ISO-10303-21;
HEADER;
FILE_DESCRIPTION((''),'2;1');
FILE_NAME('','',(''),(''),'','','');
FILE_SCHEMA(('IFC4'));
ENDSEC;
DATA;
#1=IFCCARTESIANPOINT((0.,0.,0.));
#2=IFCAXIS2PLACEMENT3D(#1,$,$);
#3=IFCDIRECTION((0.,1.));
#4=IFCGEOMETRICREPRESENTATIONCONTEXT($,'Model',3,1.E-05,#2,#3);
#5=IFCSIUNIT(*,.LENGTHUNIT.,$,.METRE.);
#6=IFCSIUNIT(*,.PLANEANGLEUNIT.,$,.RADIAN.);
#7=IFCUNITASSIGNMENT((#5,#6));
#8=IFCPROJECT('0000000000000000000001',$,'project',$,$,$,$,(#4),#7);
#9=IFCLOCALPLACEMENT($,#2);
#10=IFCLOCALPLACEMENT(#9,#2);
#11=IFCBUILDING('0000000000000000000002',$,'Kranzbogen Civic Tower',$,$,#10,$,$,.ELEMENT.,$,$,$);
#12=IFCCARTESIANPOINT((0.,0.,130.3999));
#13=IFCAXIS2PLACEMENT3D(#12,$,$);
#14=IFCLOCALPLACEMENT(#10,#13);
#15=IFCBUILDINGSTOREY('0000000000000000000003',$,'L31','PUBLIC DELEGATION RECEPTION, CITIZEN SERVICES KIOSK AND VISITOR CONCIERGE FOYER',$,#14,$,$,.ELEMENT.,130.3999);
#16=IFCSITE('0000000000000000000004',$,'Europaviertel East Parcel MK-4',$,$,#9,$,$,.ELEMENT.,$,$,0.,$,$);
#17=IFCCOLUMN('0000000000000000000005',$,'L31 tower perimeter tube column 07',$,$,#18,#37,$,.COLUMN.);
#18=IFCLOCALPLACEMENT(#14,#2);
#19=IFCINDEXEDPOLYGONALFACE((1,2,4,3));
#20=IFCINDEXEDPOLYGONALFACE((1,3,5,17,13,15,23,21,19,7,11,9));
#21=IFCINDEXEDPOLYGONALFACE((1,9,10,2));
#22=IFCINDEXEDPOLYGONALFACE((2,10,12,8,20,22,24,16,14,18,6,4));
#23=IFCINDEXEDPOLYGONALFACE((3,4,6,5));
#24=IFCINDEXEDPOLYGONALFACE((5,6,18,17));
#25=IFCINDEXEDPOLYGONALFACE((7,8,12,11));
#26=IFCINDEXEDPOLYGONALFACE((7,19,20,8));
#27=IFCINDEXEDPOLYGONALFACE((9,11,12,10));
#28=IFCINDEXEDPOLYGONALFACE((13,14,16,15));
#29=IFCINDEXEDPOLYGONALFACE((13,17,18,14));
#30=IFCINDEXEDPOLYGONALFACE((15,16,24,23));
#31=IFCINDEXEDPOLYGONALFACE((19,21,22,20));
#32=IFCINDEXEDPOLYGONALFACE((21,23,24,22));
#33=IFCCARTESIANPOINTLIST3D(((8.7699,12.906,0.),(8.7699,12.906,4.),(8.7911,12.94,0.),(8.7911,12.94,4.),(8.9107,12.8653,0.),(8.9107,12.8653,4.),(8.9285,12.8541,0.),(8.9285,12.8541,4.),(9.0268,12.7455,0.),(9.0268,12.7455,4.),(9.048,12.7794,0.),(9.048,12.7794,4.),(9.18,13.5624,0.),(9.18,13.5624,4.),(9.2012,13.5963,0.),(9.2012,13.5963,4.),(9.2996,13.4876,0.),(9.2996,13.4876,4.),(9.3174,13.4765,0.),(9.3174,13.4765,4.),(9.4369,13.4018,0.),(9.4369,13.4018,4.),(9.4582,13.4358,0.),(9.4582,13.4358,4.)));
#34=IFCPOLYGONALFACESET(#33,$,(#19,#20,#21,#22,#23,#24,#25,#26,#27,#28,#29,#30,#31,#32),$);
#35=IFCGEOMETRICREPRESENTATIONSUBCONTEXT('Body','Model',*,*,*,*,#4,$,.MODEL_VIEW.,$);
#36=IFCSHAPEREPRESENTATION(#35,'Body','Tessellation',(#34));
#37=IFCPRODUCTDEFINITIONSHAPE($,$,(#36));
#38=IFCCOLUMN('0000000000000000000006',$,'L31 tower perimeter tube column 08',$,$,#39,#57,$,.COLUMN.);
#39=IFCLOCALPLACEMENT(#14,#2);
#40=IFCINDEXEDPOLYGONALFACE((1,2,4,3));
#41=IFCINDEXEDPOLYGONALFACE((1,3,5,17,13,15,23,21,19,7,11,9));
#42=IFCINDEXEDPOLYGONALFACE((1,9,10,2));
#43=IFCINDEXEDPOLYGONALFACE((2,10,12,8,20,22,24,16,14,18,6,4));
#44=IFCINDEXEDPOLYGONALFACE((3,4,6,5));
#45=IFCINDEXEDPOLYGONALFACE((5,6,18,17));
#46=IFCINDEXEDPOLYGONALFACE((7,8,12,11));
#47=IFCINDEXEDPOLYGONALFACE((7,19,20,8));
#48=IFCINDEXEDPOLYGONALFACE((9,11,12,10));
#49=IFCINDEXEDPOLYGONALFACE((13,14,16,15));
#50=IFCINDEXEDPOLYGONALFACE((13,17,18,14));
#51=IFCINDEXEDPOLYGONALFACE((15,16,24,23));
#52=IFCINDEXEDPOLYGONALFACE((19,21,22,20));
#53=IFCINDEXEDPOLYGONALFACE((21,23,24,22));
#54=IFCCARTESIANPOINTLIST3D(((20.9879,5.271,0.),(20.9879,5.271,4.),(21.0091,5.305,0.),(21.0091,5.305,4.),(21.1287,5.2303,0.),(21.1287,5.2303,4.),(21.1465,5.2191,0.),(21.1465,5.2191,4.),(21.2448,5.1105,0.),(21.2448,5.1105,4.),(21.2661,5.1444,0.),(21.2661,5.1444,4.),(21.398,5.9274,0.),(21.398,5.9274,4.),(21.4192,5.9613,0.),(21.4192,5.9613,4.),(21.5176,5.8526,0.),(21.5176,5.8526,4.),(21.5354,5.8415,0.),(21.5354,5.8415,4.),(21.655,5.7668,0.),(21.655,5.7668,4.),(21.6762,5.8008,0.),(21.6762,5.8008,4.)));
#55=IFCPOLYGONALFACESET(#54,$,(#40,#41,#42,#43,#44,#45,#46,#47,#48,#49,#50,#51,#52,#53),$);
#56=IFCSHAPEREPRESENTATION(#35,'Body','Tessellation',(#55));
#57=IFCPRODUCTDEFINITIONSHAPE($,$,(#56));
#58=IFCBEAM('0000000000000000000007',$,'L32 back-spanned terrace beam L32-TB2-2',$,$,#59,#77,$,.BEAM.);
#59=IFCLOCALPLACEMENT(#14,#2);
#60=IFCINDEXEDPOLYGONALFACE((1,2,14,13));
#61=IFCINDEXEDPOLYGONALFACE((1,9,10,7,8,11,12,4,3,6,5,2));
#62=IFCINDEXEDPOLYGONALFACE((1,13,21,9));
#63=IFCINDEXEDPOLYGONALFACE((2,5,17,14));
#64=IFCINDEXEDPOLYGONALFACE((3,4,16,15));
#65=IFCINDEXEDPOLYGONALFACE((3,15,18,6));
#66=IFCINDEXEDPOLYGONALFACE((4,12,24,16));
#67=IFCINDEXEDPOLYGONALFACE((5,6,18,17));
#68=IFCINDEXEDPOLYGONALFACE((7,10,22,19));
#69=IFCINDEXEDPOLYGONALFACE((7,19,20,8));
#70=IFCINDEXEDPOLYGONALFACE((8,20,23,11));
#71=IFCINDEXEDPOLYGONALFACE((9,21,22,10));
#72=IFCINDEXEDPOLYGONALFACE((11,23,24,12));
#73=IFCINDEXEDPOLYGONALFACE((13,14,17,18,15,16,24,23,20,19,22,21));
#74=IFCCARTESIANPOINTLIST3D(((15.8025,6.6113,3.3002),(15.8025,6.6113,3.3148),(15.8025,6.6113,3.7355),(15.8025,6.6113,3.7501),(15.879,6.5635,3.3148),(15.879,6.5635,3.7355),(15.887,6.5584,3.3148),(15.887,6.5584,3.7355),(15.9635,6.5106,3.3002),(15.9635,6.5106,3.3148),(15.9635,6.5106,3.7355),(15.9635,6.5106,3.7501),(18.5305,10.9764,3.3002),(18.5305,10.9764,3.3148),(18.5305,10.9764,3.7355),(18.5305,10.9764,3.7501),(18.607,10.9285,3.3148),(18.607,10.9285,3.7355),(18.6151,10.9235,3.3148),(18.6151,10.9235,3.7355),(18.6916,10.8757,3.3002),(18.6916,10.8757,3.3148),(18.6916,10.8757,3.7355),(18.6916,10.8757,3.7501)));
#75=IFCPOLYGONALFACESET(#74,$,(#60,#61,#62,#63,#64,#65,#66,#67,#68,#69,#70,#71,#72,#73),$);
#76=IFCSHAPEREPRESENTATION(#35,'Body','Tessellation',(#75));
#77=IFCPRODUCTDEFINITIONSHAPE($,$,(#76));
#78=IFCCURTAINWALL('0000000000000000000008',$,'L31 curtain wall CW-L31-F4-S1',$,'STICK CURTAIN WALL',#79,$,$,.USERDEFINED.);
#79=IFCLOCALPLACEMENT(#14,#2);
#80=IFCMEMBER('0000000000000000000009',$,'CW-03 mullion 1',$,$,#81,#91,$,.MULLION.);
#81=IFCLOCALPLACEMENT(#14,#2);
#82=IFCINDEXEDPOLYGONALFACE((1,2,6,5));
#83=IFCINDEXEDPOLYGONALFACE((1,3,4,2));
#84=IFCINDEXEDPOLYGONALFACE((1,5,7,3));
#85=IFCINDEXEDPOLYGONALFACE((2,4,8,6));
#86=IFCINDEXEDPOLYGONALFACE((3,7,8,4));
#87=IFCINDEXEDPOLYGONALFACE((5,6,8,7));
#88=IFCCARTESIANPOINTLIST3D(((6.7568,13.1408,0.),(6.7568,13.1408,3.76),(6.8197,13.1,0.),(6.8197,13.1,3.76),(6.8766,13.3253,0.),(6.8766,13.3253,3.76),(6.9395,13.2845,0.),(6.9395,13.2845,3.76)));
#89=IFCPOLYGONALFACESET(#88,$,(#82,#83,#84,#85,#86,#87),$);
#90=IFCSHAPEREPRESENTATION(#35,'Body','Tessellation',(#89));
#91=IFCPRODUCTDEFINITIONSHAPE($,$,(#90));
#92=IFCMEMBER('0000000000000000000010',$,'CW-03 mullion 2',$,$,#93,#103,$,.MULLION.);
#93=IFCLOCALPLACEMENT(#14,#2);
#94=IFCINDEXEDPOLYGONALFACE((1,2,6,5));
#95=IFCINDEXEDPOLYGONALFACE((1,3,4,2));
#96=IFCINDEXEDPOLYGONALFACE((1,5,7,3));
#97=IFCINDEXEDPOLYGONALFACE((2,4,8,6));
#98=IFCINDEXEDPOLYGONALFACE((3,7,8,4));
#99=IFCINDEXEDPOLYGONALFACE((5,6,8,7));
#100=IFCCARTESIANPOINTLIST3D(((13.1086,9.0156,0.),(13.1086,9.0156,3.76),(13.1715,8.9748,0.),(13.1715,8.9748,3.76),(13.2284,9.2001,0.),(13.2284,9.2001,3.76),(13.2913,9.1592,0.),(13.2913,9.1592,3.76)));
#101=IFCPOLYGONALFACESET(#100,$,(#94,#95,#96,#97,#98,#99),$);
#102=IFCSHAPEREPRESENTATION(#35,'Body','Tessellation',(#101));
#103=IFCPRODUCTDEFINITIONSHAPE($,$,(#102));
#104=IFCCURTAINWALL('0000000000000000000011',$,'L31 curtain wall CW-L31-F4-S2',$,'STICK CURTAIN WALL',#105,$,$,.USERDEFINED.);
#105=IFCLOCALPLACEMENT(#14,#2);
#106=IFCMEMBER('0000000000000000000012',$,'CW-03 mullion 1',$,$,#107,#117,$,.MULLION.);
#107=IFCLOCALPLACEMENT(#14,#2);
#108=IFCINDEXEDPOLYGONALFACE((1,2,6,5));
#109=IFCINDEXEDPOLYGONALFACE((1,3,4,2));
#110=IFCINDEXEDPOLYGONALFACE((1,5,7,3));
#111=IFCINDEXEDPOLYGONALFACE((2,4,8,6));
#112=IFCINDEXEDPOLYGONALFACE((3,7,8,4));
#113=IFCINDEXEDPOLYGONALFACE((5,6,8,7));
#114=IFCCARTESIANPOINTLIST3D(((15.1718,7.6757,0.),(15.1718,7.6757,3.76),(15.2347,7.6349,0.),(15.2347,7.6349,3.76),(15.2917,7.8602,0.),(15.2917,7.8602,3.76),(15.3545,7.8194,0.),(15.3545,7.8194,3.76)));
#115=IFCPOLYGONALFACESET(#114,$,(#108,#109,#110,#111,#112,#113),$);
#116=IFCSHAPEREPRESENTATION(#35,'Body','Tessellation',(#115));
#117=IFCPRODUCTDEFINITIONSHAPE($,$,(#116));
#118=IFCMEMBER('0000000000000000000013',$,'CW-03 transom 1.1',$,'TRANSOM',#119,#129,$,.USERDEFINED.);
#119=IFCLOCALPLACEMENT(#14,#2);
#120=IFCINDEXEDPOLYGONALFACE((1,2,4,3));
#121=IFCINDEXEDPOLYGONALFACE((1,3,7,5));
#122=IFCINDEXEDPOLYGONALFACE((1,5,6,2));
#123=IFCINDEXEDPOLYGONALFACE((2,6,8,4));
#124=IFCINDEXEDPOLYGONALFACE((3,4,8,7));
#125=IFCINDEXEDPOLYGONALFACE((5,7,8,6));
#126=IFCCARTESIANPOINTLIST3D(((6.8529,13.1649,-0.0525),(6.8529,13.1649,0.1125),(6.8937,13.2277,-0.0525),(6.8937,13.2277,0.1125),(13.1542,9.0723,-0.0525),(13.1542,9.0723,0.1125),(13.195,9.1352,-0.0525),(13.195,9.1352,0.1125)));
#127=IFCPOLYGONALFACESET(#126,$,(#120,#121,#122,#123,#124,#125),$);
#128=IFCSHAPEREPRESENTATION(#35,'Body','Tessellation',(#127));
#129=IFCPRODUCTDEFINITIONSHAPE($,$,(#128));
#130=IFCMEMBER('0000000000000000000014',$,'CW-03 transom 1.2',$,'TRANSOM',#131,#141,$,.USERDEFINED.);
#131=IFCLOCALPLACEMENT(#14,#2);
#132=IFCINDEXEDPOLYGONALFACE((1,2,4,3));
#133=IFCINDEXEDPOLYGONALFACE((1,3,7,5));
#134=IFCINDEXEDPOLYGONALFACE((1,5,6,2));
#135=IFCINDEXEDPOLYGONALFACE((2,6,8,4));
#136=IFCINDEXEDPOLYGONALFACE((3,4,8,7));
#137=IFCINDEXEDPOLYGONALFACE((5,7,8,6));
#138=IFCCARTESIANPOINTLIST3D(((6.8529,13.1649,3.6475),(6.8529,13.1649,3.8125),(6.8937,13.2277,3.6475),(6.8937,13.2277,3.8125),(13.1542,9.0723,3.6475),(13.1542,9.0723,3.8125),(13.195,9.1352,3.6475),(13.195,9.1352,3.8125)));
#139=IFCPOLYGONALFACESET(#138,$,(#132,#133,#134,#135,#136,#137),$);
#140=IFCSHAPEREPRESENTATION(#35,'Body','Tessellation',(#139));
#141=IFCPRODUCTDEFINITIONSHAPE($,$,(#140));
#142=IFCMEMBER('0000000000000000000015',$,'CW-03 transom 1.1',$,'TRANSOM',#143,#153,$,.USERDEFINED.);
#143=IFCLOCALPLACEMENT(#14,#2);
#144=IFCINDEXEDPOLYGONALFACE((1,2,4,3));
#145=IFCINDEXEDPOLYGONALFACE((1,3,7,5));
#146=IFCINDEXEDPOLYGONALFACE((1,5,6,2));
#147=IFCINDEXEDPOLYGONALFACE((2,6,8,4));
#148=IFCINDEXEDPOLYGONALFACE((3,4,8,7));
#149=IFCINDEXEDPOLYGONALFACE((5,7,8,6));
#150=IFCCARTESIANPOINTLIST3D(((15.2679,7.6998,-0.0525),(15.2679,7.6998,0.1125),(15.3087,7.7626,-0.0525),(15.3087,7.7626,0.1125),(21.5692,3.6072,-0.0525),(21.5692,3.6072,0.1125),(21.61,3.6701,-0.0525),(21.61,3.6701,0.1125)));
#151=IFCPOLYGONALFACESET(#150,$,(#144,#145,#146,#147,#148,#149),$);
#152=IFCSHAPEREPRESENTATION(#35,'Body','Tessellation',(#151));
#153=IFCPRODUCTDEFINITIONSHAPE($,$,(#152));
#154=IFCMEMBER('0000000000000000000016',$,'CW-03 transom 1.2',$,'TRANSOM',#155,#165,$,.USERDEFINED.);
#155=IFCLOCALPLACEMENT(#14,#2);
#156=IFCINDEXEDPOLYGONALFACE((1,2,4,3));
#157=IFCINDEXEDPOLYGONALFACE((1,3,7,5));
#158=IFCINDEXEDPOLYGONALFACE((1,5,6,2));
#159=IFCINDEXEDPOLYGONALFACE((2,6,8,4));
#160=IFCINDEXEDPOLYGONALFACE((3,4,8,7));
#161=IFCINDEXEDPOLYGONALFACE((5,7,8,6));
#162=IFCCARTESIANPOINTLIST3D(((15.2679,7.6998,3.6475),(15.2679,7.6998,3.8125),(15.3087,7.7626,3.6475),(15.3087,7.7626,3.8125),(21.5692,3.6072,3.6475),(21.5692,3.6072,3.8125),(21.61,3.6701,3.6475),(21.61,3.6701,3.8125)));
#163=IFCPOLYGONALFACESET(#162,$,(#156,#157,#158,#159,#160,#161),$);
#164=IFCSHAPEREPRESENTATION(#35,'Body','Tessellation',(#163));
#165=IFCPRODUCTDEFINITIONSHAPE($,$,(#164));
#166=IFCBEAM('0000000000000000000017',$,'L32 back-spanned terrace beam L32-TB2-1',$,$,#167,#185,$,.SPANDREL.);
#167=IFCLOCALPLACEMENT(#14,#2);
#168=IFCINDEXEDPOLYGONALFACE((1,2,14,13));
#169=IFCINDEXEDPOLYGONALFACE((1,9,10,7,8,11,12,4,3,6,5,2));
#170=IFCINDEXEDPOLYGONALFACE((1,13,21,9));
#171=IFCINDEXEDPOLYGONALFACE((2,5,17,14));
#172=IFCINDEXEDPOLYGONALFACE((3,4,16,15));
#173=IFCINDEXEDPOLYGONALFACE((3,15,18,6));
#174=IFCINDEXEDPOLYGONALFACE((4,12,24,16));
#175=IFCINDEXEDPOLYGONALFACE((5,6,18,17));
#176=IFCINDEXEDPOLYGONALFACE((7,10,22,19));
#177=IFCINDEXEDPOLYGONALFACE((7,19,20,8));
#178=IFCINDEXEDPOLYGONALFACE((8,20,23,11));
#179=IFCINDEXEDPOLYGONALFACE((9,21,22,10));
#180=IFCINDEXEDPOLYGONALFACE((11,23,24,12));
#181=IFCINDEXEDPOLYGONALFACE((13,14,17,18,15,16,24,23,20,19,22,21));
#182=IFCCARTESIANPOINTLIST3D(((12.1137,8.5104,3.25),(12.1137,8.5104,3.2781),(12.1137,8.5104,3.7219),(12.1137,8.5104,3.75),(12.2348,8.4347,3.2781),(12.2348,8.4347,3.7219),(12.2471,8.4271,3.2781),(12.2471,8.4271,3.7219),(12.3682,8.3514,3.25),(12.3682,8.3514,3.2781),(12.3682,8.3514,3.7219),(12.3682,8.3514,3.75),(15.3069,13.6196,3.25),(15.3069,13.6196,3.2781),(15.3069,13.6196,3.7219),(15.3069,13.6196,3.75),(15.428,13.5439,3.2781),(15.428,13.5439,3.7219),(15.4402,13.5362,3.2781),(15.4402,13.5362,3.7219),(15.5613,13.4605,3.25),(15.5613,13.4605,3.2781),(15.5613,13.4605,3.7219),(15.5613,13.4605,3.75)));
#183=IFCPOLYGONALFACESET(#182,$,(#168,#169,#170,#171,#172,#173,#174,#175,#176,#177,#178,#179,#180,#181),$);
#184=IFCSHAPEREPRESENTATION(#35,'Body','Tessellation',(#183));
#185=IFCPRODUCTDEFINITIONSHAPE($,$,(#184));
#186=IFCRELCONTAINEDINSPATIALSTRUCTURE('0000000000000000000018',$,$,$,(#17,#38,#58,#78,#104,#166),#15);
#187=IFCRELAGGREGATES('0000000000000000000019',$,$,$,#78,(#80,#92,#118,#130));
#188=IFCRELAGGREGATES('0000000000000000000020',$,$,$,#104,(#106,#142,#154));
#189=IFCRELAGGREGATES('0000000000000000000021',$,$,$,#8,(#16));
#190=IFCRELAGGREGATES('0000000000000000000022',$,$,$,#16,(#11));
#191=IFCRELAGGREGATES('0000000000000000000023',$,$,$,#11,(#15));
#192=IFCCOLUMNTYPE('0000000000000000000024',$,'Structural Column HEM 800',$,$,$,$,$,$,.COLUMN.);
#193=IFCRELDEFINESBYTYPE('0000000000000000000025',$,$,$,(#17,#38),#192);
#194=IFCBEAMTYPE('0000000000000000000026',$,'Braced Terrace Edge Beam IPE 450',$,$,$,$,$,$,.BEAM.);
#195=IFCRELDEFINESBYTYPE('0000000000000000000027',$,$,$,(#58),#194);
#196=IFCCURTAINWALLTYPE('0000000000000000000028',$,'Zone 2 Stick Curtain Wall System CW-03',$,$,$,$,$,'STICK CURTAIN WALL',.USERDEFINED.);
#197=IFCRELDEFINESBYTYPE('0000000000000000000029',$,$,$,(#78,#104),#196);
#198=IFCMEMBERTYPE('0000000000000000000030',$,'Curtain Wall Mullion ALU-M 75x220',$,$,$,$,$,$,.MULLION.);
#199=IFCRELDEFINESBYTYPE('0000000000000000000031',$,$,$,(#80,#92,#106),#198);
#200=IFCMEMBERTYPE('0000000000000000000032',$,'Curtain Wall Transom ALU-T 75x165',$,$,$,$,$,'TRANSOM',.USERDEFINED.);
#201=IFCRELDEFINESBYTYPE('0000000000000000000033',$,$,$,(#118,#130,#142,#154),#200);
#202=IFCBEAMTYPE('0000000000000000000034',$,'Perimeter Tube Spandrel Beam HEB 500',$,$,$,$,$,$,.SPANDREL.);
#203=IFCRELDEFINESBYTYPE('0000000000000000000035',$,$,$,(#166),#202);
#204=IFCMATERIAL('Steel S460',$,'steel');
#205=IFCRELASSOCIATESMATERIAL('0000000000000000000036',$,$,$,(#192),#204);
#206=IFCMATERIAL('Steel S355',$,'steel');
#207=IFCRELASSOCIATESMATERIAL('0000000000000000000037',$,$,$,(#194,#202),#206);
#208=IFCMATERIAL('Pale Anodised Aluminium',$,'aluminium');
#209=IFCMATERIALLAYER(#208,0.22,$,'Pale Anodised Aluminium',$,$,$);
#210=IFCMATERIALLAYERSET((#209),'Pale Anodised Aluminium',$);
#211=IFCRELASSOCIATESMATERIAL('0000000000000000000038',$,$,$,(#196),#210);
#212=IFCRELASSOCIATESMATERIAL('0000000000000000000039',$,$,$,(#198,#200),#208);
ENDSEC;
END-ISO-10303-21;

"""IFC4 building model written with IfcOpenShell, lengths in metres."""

from ifc_helpers import new_model, si_unit, direction, frame, origin, origin_2d, place, context, subcontext, project, spatial, rectangle, i_section, extrude, material, layer, layer_set, material_profile, profile_set, type_object, element, aggregate, save


model = new_model("IFC4")

# Units and contexts
model_context = context("Model", 3, precision=1e-05, world=origin(), true_north=direction((0.0, 1.0)))
body_context = subcontext(model_context, "Body", "Model", "MODEL_VIEW")
ifc_project = project(units=[si_unit("LENGTHUNIT", "METRE"), si_unit("PLANEANGLEUNIT", "RADIAN")], contexts=[model_context])

# Site, building, storey
site_placement = place(None, origin())
site = spatial("IfcSite", under=ifc_project, at=site_placement, Name="Europaviertel East Parcel MK-4", CompositionType="ELEMENT", RefElevation=0.0)
building_placement = place(site_placement, origin())
building = spatial("IfcBuilding", under=site, at=building_placement, Name="Kranzbogen Civic Tower", CompositionType="ELEMENT")
storey_placement = place(building_placement, frame((0.0, 0.0, 130.3999)))
storey = spatial("IfcBuildingStorey", under=building, at=storey_placement, Name="L31", Description="PUBLIC DELEGATION RECEPTION, CITIZEN SERVICES KIOSK AND VISITOR CONCIERGE FOYER", CompositionType="ELEMENT", Elevation=130.3999)

# Columns
ifc_material_1 = material(Name="Steel S460", Category="steel")
ifc_material_profile_1 = material_profile(ifc_material_1, i_section(OverallWidth=0.303, OverallDepth=0.814, WebThickness=0.021, FlangeThickness=0.04, at=origin_2d()), Name="HEM 800")
ifc_profile_set_1 = profile_set([ifc_material_profile_1], Name="Steel S460")
column_type = type_object("IfcColumnType", Name="Structural Column HEM 800", PredefinedType="COLUMN", material=ifc_profile_set_1)
for number, where, z_axis, x_axis, name in (
    (1, (9.114, 13.1709, 0.0), (0.0, 0.0, 1.0), (-0.848048, 0.529919, 0.0), "L31 tower perimeter tube column 07"),
    (2, (21.332, 5.5359, 0.0), (0.0, 0.0, 1.0), (-0.848048, 0.529919, 0.0), "L31 tower perimeter tube column 08"),
):
    element("IfcColumn", number, at=place(storey_placement, frame(where, z_axis=z_axis, x_axis=x_axis)), inside=storey, type_object=column_type, Name=name, PredefinedType="COLUMN", context=body_context, shape_type="SweptSolid", body=[
        extrude(i_section(OverallWidth=0.303, OverallDepth=0.814, WebThickness=0.021, FlangeThickness=0.04, at=origin_2d()), origin(), (0.0, 0.0, 1.0), 4.0),
    ])

# Beam
ifc_material_2 = material(Name="Steel S355", Category="steel")
ifc_material_profile_2 = material_profile(ifc_material_2, i_section(OverallWidth=0.1899, OverallDepth=0.45, WebThickness=0.0095, FlangeThickness=0.0146, at=origin_2d()), Name="IPE 450")
ifc_profile_set_2 = profile_set([ifc_material_profile_2], Name="Steel S355")
beam_type_1 = type_object("IfcBeamType", Name="Braced Terrace Edge Beam IPE 450", PredefinedType="BEAM", material=ifc_profile_set_2)
beam_1_placement = place(storey_placement, frame((18.6111, 10.926, 3.5251), z_axis=(-0.529986, -0.848006, 0.0), x_axis=(0.848006, -0.529986, 0.0)))
element("IfcBeam", 3, at=beam_1_placement, inside=storey, type_object=beam_type_1, Name="L32 back-spanned terrace beam L32-TB2-2", PredefinedType="BEAM", context=body_context, shape_type="SweptSolid", body=[
    extrude(i_section(OverallWidth=0.1899, OverallDepth=0.45, WebThickness=0.0095, FlangeThickness=0.0146, at=origin_2d()), origin(), (0.0, 0.0, 1.0), 5.1475),
])

# Curtain wall, members
ifc_material_3 = material(Name="Pale Anodised Aluminium", Category="aluminium")
ifc_layer_1 = layer(ifc_material_3, 0.22, Name="Pale Anodised Aluminium")
ifc_layer_set_1 = layer_set([ifc_layer_1], Name="Pale Anodised Aluminium")
curtain_wall_type = type_object("IfcCurtainWallType", Name="Zone 2 Stick Curtain Wall System CW-03", ElementType="STICK CURTAIN WALL", PredefinedType="USERDEFINED", material=ifc_layer_set_1)
curtain_wall_1_placement = place(storey_placement, origin())
curtain_wall_1 = element("IfcCurtainWall", 4, at=curtain_wall_1_placement, inside=storey, type_object=curtain_wall_type, Name="L31 curtain wall CW-L31-F4-S1", ObjectType="STICK CURTAIN WALL", PredefinedType="USERDEFINED")
ifc_material_profile_3 = material_profile(ifc_material_3, rectangle(XDim=0.075, YDim=0.22, at=origin_2d()), Name="ALU-M 75x220")
ifc_profile_set_3 = profile_set([ifc_material_profile_3], Name="Pale Anodised Aluminium")
member_type_1 = type_object("IfcMemberType", Name="Curtain Wall Mullion ALU-M 75x220", PredefinedType="MULLION", material=ifc_profile_set_3)
member_1_placement = place(storey_placement, frame((6.8481, 13.2126, 0.0), z_axis=(0.0, 0.0, 1.0), x_axis=(0.838641, -0.544684, 0.0)))
member_1 = element("IfcMember", 5, at=member_1_placement, type_object=member_type_1, Name="CW-03 mullion 1", PredefinedType="MULLION", context=body_context, shape_type="SweptSolid", body=[
    extrude(rectangle(XDim=0.075, YDim=0.22, at=origin_2d()), origin(), (0.0, 0.0, 1.0), 3.76),
])
member_2_placement = place(storey_placement, frame((13.2, 9.0874, 0.0), z_axis=(0.0, 0.0, 1.0), x_axis=(0.838641, -0.544684, 0.0)))
member_2 = element("IfcMember", 6, at=member_2_placement, type_object=member_type_1, Name="CW-03 mullion 2", PredefinedType="MULLION", context=body_context, shape_type="SweptSolid", body=[
    extrude(rectangle(XDim=0.075, YDim=0.22, at=origin_2d()), origin(), (0.0, 0.0, 1.0), 3.76),
])

# Curtain wall, member
curtain_wall_2_placement = place(storey_placement, origin())
curtain_wall_2 = element("IfcCurtainWall", 7, at=curtain_wall_2_placement, inside=storey, type_object=curtain_wall_type, Name="L31 curtain wall CW-L31-F4-S2", ObjectType="STICK CURTAIN WALL", PredefinedType="USERDEFINED")
member_3_placement = place(storey_placement, frame((15.2632, 7.7476, 0.0), z_axis=(0.0, 0.0, 1.0), x_axis=(0.838641, -0.544684, 0.0)))
member_3 = element("IfcMember", 8, at=member_3_placement, type_object=member_type_1, Name="CW-03 mullion 1", PredefinedType="MULLION", context=body_context, shape_type="SweptSolid", body=[
    extrude(rectangle(XDim=0.075, YDim=0.22, at=origin_2d()), origin(), (0.0, 0.0, 1.0), 3.76),
])

# Members
ifc_material_profile_4 = material_profile(ifc_material_3, rectangle(XDim=0.075, YDim=0.165, at=origin_2d()), Name="ALU-T 75x165")
ifc_profile_set_4 = profile_set([ifc_material_profile_4], Name="Pale Anodised Aluminium")
member_type_2 = type_object("IfcMemberType", Name="Curtain Wall Transom ALU-T 75x165", ElementType="TRANSOM", PredefinedType="USERDEFINED", material=ifc_profile_set_4)
member_4_placement = place(storey_placement, frame((6.8733, 13.1963, 0.03), z_axis=(0.838644, -0.54468, 0.0), x_axis=(0.54468, 0.838644, 0.0)))
member_4 = element("IfcMember", 9, at=member_4_placement, type_object=member_type_2, Name="CW-03 transom 1.1", ObjectType="TRANSOM", PredefinedType="USERDEFINED", context=body_context, shape_type="SweptSolid", body=[
    extrude(rectangle(XDim=0.075, YDim=0.165, at=origin_2d()), origin(), (0.0, 0.0, 1.0), 7.5137),
])
member_5_placement = place(storey_placement, frame((6.8733, 13.1963, 3.73), z_axis=(0.838644, -0.54468, 0.0), x_axis=(0.54468, 0.838644, 0.0)))
member_5 = element("IfcMember", 10, at=member_5_placement, type_object=member_type_2, Name="CW-03 transom 1.2", ObjectType="TRANSOM", PredefinedType="USERDEFINED", context=body_context, shape_type="SweptSolid", body=[
    extrude(rectangle(XDim=0.075, YDim=0.165, at=origin_2d()), origin(), (0.0, 0.0, 1.0), 7.5137),
])
member_6_placement = place(storey_placement, frame((15.2883, 7.7312, 0.03), z_axis=(0.838644, -0.54468, 0.0), x_axis=(0.54468, 0.838644, 0.0)))
member_6 = element("IfcMember", 11, at=member_6_placement, type_object=member_type_2, Name="CW-03 transom 1.1", ObjectType="TRANSOM", PredefinedType="USERDEFINED", context=body_context, shape_type="SweptSolid", body=[
    extrude(rectangle(XDim=0.075, YDim=0.165, at=origin_2d()), origin(), (0.0, 0.0, 1.0), 7.5137),
])
member_7_placement = place(storey_placement, frame((15.2883, 7.7312, 3.73), z_axis=(0.838644, -0.54468, 0.0), x_axis=(0.54468, 0.838644, 0.0)))
member_7 = element("IfcMember", 12, at=member_7_placement, type_object=member_type_2, Name="CW-03 transom 1.2", ObjectType="TRANSOM", PredefinedType="USERDEFINED", context=body_context, shape_type="SweptSolid", body=[
    extrude(rectangle(XDim=0.075, YDim=0.165, at=origin_2d()), origin(), (0.0, 0.0, 1.0), 7.5137),
])

# Beam
ifc_material_profile_5 = material_profile(ifc_material_2, i_section(OverallWidth=0.3, OverallDepth=0.5, WebThickness=0.0144, FlangeThickness=0.0281, at=origin_2d()), Name="HEB 500")
ifc_profile_set_5 = profile_set([ifc_material_profile_5], Name="Steel S355")
beam_type_2 = type_object("IfcBeamType", Name="Perimeter Tube Spandrel Beam HEB 500", PredefinedType="SPANDREL", material=ifc_profile_set_5)
beam_2_placement = place(storey_placement, frame((15.4341, 13.54, 3.5), z_axis=(-0.529988, -0.848005, 0.0), x_axis=(0.848005, -0.529988, 0.0)))
element("IfcBeam", 13, at=beam_2_placement, inside=storey, type_object=beam_type_2, Name="L32 back-spanned terrace beam L32-TB2-1", PredefinedType="SPANDREL", context=body_context, shape_type="SweptSolid", body=[
    extrude(i_section(OverallWidth=0.3, OverallDepth=0.5, WebThickness=0.0144, FlangeThickness=0.0281, at=origin_2d()), origin(), (0.0, 0.0, 1.0), 6.0249),
])

aggregate(curtain_wall_1, [member_1, member_2, member_4, member_5])
aggregate(curtain_wall_2, [member_3, member_6, member_7])

save(model, "model.ifc")
